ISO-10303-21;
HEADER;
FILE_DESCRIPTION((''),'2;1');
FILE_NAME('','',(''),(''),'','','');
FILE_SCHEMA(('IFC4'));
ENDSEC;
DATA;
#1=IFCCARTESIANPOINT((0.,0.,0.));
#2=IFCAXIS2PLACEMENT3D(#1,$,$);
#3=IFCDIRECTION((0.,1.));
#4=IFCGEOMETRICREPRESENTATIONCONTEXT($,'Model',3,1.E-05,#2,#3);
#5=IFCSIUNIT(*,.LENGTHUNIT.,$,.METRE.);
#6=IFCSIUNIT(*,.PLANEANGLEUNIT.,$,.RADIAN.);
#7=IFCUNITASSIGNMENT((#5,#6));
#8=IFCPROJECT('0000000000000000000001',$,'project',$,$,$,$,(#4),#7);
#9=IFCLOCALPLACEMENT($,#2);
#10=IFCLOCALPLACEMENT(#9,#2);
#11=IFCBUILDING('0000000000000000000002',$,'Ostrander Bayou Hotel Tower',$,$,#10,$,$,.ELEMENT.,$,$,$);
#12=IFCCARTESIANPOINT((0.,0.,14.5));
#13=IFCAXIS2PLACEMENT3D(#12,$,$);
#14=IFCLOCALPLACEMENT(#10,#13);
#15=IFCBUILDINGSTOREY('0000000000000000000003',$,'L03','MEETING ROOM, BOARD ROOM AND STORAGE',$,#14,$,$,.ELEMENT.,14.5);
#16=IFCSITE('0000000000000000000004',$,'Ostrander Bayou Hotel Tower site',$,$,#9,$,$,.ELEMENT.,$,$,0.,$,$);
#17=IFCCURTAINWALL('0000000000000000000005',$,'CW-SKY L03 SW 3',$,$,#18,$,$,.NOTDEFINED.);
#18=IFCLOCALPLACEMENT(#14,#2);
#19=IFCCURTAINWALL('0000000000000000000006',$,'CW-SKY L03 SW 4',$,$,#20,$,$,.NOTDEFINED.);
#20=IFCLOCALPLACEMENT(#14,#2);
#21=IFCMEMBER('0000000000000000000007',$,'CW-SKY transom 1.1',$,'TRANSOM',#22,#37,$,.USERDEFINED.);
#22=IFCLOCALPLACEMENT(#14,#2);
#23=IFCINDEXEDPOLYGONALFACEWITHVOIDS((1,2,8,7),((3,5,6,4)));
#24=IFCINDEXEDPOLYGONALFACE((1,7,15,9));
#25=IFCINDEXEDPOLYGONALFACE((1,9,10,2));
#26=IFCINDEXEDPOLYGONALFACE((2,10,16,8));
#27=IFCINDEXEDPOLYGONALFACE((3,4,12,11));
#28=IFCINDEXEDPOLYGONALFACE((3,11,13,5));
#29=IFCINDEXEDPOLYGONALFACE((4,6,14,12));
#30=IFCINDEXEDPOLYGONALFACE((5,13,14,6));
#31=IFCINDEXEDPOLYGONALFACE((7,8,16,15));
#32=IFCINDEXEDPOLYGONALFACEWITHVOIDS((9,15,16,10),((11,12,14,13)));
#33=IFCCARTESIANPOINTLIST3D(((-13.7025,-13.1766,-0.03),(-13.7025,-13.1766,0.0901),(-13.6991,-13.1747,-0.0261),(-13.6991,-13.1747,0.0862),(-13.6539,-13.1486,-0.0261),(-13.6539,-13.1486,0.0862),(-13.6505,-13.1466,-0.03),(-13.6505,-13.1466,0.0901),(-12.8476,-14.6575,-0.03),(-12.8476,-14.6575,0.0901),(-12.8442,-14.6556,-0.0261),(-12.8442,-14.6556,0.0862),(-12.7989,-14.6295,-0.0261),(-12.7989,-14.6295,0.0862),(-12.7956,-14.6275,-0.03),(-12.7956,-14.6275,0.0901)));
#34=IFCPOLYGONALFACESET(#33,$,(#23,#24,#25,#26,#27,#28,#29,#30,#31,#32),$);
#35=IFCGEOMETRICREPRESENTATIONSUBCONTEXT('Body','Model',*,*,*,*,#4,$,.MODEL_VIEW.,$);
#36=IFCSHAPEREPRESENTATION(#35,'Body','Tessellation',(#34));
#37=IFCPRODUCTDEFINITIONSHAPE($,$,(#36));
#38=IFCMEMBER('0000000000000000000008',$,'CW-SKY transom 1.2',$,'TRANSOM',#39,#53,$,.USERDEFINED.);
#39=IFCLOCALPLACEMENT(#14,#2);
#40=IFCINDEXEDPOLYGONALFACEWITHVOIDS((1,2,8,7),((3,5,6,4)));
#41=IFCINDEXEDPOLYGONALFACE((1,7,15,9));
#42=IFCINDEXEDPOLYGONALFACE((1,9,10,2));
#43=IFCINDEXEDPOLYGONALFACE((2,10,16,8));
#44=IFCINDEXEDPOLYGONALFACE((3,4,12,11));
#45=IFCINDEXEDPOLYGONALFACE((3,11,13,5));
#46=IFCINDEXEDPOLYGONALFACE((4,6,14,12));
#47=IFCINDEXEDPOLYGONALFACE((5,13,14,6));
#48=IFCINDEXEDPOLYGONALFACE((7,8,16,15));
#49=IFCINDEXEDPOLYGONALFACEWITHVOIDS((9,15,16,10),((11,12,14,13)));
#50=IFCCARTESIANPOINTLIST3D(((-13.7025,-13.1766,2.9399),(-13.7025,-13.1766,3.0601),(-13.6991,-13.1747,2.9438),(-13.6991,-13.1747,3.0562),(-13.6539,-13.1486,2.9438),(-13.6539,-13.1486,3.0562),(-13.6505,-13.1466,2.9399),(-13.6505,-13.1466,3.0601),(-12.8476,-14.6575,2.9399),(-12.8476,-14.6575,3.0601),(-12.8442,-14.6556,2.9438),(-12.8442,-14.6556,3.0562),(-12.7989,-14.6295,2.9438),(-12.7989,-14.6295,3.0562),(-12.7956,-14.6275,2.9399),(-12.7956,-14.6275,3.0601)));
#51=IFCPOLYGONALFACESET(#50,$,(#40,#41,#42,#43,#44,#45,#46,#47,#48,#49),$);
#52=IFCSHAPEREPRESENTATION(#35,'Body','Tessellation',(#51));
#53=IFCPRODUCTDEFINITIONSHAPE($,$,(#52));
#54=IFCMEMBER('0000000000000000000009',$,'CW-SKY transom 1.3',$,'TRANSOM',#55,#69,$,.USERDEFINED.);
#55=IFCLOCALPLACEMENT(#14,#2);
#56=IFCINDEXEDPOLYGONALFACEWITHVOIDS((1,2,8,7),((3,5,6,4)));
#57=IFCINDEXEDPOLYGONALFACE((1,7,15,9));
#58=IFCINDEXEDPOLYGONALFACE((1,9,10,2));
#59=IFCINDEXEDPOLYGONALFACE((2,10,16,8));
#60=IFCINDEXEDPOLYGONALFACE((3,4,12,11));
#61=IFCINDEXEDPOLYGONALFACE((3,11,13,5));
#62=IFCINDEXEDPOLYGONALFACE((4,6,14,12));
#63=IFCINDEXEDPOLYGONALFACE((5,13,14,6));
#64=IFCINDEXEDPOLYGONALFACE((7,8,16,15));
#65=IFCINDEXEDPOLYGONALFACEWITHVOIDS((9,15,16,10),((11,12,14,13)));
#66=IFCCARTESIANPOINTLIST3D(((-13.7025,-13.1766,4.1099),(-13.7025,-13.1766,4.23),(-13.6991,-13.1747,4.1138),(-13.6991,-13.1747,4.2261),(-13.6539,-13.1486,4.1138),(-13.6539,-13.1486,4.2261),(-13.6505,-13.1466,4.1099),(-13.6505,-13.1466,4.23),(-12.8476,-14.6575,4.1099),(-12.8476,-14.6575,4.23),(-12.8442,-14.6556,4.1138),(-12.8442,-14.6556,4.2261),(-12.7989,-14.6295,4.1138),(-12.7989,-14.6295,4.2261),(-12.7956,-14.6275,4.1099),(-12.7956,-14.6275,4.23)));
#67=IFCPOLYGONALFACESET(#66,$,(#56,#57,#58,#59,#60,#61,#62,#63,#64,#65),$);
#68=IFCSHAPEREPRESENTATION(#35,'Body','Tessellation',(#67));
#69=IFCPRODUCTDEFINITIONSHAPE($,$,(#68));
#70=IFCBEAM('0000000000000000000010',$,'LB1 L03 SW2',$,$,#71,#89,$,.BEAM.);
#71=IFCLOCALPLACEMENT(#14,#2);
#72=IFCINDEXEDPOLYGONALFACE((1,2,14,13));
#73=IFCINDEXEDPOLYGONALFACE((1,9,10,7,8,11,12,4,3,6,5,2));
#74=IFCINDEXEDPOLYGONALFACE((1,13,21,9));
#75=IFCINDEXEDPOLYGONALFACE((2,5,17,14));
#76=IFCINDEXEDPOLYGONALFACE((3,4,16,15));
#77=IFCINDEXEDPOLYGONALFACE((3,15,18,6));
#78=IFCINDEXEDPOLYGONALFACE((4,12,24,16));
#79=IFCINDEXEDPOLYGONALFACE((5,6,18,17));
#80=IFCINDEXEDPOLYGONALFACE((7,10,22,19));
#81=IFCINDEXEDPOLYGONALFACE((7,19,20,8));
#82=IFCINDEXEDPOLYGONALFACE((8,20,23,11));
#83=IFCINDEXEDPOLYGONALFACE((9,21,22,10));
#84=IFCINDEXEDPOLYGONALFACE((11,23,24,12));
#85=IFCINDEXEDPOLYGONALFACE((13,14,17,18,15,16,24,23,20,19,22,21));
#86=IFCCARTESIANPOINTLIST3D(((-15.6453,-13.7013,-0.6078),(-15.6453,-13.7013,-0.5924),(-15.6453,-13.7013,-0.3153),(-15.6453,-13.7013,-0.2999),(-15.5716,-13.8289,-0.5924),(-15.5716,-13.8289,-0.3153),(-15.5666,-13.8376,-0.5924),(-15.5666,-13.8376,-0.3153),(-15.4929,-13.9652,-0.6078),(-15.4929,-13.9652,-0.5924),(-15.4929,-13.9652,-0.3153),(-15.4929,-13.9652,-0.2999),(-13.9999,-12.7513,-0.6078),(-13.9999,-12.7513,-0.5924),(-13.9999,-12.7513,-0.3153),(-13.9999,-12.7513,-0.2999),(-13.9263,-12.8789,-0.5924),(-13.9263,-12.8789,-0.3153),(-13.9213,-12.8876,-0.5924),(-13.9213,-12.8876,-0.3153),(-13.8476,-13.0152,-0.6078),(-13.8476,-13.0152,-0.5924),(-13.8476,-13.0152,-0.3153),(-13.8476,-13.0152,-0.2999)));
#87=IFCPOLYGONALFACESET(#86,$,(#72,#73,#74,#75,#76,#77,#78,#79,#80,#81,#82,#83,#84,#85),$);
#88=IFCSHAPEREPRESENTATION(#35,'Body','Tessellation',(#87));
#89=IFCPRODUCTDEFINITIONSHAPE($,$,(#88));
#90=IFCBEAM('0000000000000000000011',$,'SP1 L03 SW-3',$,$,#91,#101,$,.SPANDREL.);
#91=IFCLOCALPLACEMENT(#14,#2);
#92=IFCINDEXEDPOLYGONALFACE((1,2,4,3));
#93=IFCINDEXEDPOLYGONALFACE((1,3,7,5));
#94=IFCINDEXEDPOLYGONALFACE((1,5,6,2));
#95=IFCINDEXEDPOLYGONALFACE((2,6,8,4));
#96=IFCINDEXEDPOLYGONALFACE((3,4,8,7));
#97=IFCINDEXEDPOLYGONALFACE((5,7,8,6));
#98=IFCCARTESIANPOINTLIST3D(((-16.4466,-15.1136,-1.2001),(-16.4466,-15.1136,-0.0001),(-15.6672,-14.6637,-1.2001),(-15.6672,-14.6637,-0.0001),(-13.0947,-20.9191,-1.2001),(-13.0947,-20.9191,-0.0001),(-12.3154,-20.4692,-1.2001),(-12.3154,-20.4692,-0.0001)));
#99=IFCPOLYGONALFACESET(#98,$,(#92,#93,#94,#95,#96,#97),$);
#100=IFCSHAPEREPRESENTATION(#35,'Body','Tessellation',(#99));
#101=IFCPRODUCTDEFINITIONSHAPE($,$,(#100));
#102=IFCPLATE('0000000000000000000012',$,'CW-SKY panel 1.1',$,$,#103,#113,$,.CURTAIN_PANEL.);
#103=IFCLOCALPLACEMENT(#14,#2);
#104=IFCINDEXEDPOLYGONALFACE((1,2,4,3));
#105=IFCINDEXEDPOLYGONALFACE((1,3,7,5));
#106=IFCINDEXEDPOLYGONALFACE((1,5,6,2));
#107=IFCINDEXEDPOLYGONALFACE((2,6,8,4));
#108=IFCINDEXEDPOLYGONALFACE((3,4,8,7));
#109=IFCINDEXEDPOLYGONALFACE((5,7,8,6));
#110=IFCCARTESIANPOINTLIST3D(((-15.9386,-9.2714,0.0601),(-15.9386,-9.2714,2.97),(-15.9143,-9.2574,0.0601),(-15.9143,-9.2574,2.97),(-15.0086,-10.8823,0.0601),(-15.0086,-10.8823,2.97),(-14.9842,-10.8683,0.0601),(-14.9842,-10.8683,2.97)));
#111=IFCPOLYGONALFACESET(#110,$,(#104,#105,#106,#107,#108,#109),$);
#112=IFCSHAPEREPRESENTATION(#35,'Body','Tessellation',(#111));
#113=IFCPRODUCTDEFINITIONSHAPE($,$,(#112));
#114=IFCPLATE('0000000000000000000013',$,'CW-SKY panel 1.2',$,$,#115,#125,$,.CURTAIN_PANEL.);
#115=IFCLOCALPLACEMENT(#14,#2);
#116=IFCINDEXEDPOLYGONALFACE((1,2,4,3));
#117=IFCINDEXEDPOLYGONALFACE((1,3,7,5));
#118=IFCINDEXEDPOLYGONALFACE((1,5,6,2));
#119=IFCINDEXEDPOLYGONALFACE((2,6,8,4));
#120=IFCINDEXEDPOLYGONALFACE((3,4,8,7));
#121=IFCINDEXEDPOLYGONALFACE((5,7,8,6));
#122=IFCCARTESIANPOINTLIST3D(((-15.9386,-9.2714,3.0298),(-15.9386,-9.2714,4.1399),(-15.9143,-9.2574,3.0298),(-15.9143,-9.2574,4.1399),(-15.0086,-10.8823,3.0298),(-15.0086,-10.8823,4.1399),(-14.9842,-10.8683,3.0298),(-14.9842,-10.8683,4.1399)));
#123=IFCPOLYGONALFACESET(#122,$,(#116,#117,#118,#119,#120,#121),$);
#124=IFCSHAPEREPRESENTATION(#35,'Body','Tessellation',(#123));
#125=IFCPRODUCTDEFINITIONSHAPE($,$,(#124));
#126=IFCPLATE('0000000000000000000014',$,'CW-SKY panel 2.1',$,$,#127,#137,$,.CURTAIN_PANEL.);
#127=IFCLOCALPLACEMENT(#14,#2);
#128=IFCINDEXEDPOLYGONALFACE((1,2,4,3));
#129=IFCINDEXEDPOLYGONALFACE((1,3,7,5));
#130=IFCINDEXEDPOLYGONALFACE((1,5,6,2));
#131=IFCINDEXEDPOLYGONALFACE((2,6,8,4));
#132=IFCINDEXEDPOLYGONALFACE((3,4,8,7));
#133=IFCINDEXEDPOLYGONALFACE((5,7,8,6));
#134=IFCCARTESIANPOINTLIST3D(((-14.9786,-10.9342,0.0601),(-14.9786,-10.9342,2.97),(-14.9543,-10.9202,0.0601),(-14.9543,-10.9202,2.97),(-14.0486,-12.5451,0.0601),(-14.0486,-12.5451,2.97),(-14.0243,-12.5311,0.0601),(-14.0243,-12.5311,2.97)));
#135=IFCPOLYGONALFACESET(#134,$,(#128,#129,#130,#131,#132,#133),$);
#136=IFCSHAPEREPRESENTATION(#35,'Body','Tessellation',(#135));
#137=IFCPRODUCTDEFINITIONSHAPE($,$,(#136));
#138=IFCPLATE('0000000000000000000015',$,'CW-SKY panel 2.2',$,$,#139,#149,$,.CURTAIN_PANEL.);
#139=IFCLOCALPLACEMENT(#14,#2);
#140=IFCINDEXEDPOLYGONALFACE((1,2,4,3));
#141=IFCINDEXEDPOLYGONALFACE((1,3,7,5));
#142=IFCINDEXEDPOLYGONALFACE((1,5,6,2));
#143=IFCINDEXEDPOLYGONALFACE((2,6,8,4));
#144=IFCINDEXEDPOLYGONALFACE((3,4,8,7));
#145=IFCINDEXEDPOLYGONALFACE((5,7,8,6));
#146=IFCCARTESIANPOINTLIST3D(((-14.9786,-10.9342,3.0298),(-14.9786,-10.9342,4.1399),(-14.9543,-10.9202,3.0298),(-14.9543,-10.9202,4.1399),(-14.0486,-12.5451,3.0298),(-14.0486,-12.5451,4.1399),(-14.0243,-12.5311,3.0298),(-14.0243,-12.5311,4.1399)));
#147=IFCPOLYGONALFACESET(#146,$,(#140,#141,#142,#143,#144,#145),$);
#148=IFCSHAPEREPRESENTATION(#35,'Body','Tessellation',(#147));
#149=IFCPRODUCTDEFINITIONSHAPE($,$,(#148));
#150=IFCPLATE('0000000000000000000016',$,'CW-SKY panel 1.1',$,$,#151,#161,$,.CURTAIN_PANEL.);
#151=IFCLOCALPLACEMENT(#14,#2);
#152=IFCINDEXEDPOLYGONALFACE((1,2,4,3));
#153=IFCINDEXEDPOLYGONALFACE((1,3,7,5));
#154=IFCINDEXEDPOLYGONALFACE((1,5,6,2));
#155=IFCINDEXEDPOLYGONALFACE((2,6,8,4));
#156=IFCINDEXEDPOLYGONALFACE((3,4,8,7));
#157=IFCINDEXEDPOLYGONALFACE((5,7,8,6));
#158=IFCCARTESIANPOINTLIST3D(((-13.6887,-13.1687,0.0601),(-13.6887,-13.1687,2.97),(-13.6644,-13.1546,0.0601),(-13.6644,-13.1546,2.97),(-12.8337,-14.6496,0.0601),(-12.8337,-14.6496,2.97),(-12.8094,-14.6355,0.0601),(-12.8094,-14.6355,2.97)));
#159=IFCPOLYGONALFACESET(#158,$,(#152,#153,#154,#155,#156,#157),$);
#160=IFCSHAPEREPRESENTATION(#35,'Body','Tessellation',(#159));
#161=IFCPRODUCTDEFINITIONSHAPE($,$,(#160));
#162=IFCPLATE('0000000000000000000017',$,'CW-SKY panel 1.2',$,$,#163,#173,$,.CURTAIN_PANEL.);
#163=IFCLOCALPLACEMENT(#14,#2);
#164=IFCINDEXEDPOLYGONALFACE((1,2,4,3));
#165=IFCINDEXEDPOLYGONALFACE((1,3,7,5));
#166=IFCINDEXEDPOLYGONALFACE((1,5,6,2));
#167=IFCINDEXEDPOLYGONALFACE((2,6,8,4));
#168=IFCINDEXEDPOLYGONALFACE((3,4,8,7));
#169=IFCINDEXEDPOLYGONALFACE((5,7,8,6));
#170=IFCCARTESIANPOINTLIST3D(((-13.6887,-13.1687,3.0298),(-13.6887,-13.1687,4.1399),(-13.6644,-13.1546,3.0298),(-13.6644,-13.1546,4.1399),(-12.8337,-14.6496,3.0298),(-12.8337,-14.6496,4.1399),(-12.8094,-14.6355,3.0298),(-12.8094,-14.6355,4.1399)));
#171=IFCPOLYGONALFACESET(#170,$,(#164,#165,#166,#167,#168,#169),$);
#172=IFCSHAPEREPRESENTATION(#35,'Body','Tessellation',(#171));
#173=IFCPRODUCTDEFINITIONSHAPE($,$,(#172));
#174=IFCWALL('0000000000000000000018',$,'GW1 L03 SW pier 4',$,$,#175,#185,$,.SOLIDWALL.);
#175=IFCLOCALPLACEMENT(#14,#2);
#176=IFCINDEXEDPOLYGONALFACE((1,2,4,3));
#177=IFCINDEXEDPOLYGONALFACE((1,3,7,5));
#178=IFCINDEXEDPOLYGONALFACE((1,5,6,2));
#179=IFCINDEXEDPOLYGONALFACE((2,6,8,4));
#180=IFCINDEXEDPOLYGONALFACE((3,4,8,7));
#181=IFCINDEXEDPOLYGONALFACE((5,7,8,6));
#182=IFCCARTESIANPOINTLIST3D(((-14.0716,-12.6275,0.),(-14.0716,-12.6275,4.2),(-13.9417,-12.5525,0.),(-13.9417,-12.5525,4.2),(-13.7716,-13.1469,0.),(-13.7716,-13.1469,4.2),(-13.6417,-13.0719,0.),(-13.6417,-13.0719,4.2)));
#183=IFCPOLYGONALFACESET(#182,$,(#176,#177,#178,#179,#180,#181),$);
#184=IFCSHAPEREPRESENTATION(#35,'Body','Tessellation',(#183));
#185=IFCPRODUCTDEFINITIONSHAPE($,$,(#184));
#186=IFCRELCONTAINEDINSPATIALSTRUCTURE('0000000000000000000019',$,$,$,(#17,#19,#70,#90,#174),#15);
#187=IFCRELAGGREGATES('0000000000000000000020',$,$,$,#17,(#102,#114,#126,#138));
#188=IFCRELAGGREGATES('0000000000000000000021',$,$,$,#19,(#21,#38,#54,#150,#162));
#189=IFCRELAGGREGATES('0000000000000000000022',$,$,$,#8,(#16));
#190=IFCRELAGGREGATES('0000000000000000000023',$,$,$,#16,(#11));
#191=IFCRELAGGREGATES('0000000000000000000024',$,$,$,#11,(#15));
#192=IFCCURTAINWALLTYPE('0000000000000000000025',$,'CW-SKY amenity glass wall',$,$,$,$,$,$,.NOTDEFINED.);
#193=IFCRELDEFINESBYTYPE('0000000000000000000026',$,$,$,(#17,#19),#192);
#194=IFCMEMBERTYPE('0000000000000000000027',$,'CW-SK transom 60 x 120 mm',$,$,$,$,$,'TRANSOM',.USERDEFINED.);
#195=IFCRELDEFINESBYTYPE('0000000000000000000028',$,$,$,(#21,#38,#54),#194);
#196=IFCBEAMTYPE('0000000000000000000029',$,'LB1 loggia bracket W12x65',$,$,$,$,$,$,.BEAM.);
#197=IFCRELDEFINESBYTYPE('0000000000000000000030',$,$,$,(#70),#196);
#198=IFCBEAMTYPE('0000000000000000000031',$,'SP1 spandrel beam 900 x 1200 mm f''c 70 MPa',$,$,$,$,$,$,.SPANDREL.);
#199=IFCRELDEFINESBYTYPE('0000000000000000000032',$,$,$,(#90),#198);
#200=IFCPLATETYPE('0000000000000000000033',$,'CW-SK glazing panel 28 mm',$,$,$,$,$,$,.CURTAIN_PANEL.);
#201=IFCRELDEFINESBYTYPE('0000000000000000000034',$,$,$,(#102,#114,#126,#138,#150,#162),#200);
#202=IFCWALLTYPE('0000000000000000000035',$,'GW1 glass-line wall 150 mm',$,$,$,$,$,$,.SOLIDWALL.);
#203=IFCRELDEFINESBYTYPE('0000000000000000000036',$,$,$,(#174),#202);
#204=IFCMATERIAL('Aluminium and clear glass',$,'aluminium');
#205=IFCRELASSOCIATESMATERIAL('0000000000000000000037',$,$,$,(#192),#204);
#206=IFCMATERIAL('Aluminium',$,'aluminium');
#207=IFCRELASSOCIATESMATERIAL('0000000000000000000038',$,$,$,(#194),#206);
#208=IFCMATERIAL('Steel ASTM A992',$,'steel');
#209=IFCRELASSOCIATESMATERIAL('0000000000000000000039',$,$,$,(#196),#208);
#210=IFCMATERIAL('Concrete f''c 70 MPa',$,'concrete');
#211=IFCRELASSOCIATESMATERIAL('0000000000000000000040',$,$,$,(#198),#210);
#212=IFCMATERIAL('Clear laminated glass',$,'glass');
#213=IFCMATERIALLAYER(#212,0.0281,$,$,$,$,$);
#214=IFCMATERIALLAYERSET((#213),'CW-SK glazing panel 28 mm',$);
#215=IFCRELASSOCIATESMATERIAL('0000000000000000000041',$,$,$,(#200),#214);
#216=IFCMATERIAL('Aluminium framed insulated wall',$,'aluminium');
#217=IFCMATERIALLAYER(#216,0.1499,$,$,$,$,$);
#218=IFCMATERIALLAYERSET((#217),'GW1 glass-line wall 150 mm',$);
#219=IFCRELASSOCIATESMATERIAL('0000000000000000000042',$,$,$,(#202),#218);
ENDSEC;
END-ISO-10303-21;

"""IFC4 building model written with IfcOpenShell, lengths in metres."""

from ifc_helpers import new_model, si_unit, direction, frame, frame_2d, origin, origin_2d, place, context, subcontext, project, spatial, rectangle, hollow_rectangle, i_section, extrude, material, layer, layer_set, material_profile, profile_set, type_object, element, aggregate, save


model = new_model("IFC4")

# Units and contexts
model_context = context("Model", 3, precision=1e-05, world=origin(), true_north=direction((0.0, 1.0)))
body_context = subcontext(model_context, "Body", "Model", "MODEL_VIEW")
ifc_project = project(units=[si_unit("LENGTHUNIT", "METRE"), si_unit("PLANEANGLEUNIT", "RADIAN")], contexts=[model_context])

# Site, building, storey
site_placement = place(None, origin())
site = spatial("IfcSite", under=ifc_project, at=site_placement, Name="Ostrander Bayou Hotel Tower site", CompositionType="ELEMENT", RefElevation=0.0)
building_placement = place(site_placement, origin())
building = spatial("IfcBuilding", under=site, at=building_placement, Name="Ostrander Bayou Hotel Tower", CompositionType="ELEMENT")
storey_placement = place(building_placement, frame((0.0, 0.0, 14.5)))
storey = spatial("IfcBuildingStorey", under=building, at=storey_placement, Name="L03", Description="MEETING ROOM, BOARD ROOM AND STORAGE", CompositionType="ELEMENT", Elevation=14.5)

# Curtain walls
ifc_material_1 = material(Name="Aluminium and clear glass", Category="aluminium")
curtain_wall_type = type_object("IfcCurtainWallType", Name="CW-SKY amenity glass wall", PredefinedType="NOTDEFINED", material=ifc_material_1)
curtain_wall_1_placement = place(storey_placement, origin())
curtain_wall_1 = element("IfcCurtainWall", 1, at=curtain_wall_1_placement, inside=storey, type_object=curtain_wall_type, Name="CW-SKY L03 SW 3", PredefinedType="NOTDEFINED")
curtain_wall_2_placement = place(storey_placement, origin())
curtain_wall_2 = element("IfcCurtainWall", 2, at=curtain_wall_2_placement, inside=storey, type_object=curtain_wall_type, Name="CW-SKY L03 SW 4", PredefinedType="NOTDEFINED")

# Members
ifc_material_2 = material(Name="Aluminium", Category="aluminium")
ifc_material_profile_1 = material_profile(ifc_material_2, hollow_rectangle(XDim=0.0601, YDim=0.1201, WallThickness=0.0039, at=origin_2d()))
ifc_profile_set_1 = profile_set([ifc_material_profile_1], Name="Aluminium")
member_type_1 = type_object("IfcMemberType", Name="CW-SK transom 60 x 120 mm", ElementType="TRANSOM", PredefinedType="USERDEFINED", material=ifc_profile_set_1)
member_1_placement = place(storey_placement, frame((-13.6765, -13.1616, 0.03), z_axis=(0.499978, -0.866038, 0.0), x_axis=(0.866038, 0.499978, 0.0)))
member_1 = element("IfcMember", 3, at=member_1_placement, type_object=member_type_1, Name="CW-SKY transom 1.1", ObjectType="TRANSOM", PredefinedType="USERDEFINED", context=body_context, shape_type="SweptSolid", body=[
    extrude(hollow_rectangle(XDim=0.0601, YDim=0.1201, WallThickness=0.0039, at=origin_2d()), origin(), (0.0, 0.0, 1.0), 1.71),
])
member_2_placement = place(storey_placement, frame((-13.6765, -13.1616, 3.0), z_axis=(0.499978, -0.866038, 0.0), x_axis=(0.866038, 0.499978, 0.0)))
member_2 = element("IfcMember", 4, at=member_2_placement, type_object=member_type_1, Name="CW-SKY transom 1.2", ObjectType="TRANSOM", PredefinedType="USERDEFINED", context=body_context, shape_type="SweptSolid", body=[
    extrude(hollow_rectangle(XDim=0.0601, YDim=0.1201, WallThickness=0.0039, at=origin_2d()), origin(), (0.0, 0.0, 1.0), 1.71),
])
member_3_placement = place(storey_placement, frame((-13.6765, -13.1616, 4.1699), z_axis=(0.499978, -0.866038, 0.0), x_axis=(0.866038, 0.499978, 0.0)))
member_3 = element("IfcMember", 5, at=member_3_placement, type_object=member_type_1, Name="CW-SKY transom 1.3", ObjectType="TRANSOM", PredefinedType="USERDEFINED", context=body_context, shape_type="SweptSolid", body=[
    extrude(hollow_rectangle(XDim=0.0601, YDim=0.1201, WallThickness=0.0039, at=origin_2d()), origin(), (0.0, 0.0, 1.0), 1.71),
])

# Beams
ifc_material_3 = material(Name="Steel ASTM A992", Category="steel")
ifc_material_profile_2 = material_profile(ifc_material_3, i_section(OverallWidth=0.3047, OverallDepth=0.3079, WebThickness=0.01, FlangeThickness=0.0154, at=origin_2d()))
ifc_profile_set_2 = profile_set([ifc_material_profile_2], Name="Steel ASTM A992")
beam_type_1 = type_object("IfcBeamType", Name="LB1 loggia bracket W12x65", PredefinedType="BEAM", material=ifc_profile_set_2)
beam_1_placement = place(storey_placement, frame((-15.5691, -13.8333, -0.4539), z_axis=(0.866012, 0.500023, 0.0), x_axis=(-0.500023, 0.866012, 0.0)))
element("IfcBeam", 6, at=beam_1_placement, inside=storey, type_object=beam_type_1, Name="LB1 L03 SW2", PredefinedType="BEAM", context=body_context, shape_type="SweptSolid", body=[
    extrude(i_section(OverallWidth=0.3047, OverallDepth=0.3079, WebThickness=0.01, FlangeThickness=0.0154, at=origin_2d()), origin(), (0.0, 0.0, 1.0), 1.8999),
])
ifc_material_4 = material(Name="Concrete f'c 70 MPa", Category="concrete")
ifc_material_profile_3 = material_profile(ifc_material_4, rectangle(XDim=0.8999, YDim=1.2, at=origin_2d()))
ifc_profile_set_3 = profile_set([ifc_material_profile_3], Name="Concrete f'c 70 MPa")
beam_type_2 = type_object("IfcBeamType", Name="SP1 spandrel beam 900 x 1200 mm f'c 70 MPa", PredefinedType="SPANDREL", material=ifc_profile_set_3)
beam_2_placement = place(storey_placement, frame((-16.0569, -14.8887, -0.6001), z_axis=(0.500005, -0.866022, 0.0), x_axis=(0.866022, 0.500005, 0.0)))
element("IfcBeam", 7, at=beam_2_placement, inside=storey, type_object=beam_type_2, Name="SP1 L03 SW-3", PredefinedType="SPANDREL", context=body_context, shape_type="SweptSolid", body=[
    extrude(rectangle(XDim=0.8999, YDim=1.2, at=origin_2d()), origin(), (0.0, 0.0, 1.0), 6.7036),
])

# Plates
ifc_material_5 = material(Name="Clear laminated glass", Category="glass")
ifc_layer_1 = layer(ifc_material_5, 0.0281)
ifc_layer_set_1 = layer_set([ifc_layer_1], Name="CW-SK glazing panel 28 mm")
plate_type = type_object("IfcPlateType", Name="CW-SK glazing panel 28 mm", PredefinedType="CURTAIN_PANEL", material=ifc_layer_set_1)
plate_1_placement = place(storey_placement, frame((-15.4614, -10.0698, 0.0601), z_axis=(0.0, 0.0, 1.0), x_axis=(0.5, -0.866025, 0.0)))
plate_1 = element("IfcPlate", 8, at=plate_1_placement, type_object=plate_type, Name="CW-SKY panel 1.1", PredefinedType="CURTAIN_PANEL", context=body_context, shape_type="SweptSolid", body=[
    extrude(rectangle(XDim=1.8601, YDim=0.0281, at=origin_2d()), origin(), (0.0, 0.0, 1.0), 2.9099),
])
plate_2_placement = place(storey_placement, frame((-15.4614, -10.0698, 3.0298), z_axis=(0.0, 0.0, 1.0), x_axis=(0.5, -0.866025, 0.0)))
plate_2 = element("IfcPlate", 9, at=plate_2_placement, type_object=plate_type, Name="CW-SKY panel 1.2", PredefinedType="CURTAIN_PANEL", context=body_context, shape_type="SweptSolid", body=[
    extrude(rectangle(XDim=1.8601, YDim=0.0281, at=origin_2d()), origin(), (0.0, 0.0, 1.0), 1.1101),
])
plate_3_placement = place(storey_placement, frame((-14.5015, -11.7327, 0.0601), z_axis=(0.0, 0.0, 1.0), x_axis=(0.5, -0.866025, 0.0)))
plate_3 = element("IfcPlate", 10, at=plate_3_placement, type_object=plate_type, Name="CW-SKY panel 2.1", PredefinedType="CURTAIN_PANEL", context=body_context, shape_type="SweptSolid", body=[
    extrude(rectangle(XDim=1.8601, YDim=0.0281, at=origin_2d()), origin(), (0.0, 0.0, 1.0), 2.9099),
])
plate_4_placement = place(storey_placement, frame((-14.5015, -11.7327, 3.0298), z_axis=(0.0, 0.0, 1.0), x_axis=(0.5, -0.866025, 0.0)))
plate_4 = element("IfcPlate", 11, at=plate_4_placement, type_object=plate_type, Name="CW-SKY panel 2.2", PredefinedType="CURTAIN_PANEL", context=body_context, shape_type="SweptSolid", body=[
    extrude(rectangle(XDim=1.8601, YDim=0.0281, at=origin_2d()), origin(), (0.0, 0.0, 1.0), 1.1101),
])
aggregate(curtain_wall_1, [plate_1, plate_2, plate_3, plate_4])
plate_5_placement = place(storey_placement, frame((-13.249, -13.9021, 0.0601), z_axis=(0.0, 0.0, 1.0), x_axis=(0.499999, -0.866026, 0.0)))
plate_5 = element("IfcPlate", 12, at=plate_5_placement, type_object=plate_type, Name="CW-SKY panel 1.1", PredefinedType="CURTAIN_PANEL", context=body_context, shape_type="SweptSolid", body=[
    extrude(rectangle(XDim=1.71, YDim=0.0281, at=origin_2d()), origin(), (0.0, 0.0, 1.0), 2.9099),
])
plate_6_placement = place(storey_placement, frame((-13.249, -13.9021, 3.0298), z_axis=(0.0, 0.0, 1.0), x_axis=(0.499999, -0.866026, 0.0)))
plate_6 = element("IfcPlate", 13, at=plate_6_placement, type_object=plate_type, Name="CW-SKY panel 1.2", PredefinedType="CURTAIN_PANEL", context=body_context, shape_type="SweptSolid", body=[
    extrude(rectangle(XDim=1.71, YDim=0.0281, at=origin_2d()), origin(), (0.0, 0.0, 1.0), 1.1101),
])
aggregate(curtain_wall_2, [member_1, member_2, member_3, plate_5, plate_6])

# Wall
ifc_material_6 = material(Name="Aluminium framed insulated wall", Category="aluminium")
ifc_layer_2 = layer(ifc_material_6, 0.1499)
ifc_layer_set_2 = layer_set([ifc_layer_2], Name="GW1 glass-line wall 150 mm")
wall_type_1 = type_object("IfcWallType", Name="GW1 glass-line wall 150 mm", PredefinedType="SOLIDWALL", material=ifc_layer_set_2)
wall_1_placement = place(storey_placement, frame((-14.0066, -12.5901, 0.0), z_axis=(0.0, 0.0, 1.0), x_axis=(0.500122, -0.865955, 0.0)))
element("IfcWall", 14, at=wall_1_placement, inside=storey, type_object=wall_type_1, Name="GW1 L03 SW pier 4", PredefinedType="SOLIDWALL", context=body_context, shape_type="SweptSolid", body=[
    extrude(rectangle(XDim=0.5999, YDim=0.1499, at=frame_2d((0.2998, 0.0))), origin(), (0.0, 0.0, 1.0), 4.2),
])

save(model, "model.ifc")
